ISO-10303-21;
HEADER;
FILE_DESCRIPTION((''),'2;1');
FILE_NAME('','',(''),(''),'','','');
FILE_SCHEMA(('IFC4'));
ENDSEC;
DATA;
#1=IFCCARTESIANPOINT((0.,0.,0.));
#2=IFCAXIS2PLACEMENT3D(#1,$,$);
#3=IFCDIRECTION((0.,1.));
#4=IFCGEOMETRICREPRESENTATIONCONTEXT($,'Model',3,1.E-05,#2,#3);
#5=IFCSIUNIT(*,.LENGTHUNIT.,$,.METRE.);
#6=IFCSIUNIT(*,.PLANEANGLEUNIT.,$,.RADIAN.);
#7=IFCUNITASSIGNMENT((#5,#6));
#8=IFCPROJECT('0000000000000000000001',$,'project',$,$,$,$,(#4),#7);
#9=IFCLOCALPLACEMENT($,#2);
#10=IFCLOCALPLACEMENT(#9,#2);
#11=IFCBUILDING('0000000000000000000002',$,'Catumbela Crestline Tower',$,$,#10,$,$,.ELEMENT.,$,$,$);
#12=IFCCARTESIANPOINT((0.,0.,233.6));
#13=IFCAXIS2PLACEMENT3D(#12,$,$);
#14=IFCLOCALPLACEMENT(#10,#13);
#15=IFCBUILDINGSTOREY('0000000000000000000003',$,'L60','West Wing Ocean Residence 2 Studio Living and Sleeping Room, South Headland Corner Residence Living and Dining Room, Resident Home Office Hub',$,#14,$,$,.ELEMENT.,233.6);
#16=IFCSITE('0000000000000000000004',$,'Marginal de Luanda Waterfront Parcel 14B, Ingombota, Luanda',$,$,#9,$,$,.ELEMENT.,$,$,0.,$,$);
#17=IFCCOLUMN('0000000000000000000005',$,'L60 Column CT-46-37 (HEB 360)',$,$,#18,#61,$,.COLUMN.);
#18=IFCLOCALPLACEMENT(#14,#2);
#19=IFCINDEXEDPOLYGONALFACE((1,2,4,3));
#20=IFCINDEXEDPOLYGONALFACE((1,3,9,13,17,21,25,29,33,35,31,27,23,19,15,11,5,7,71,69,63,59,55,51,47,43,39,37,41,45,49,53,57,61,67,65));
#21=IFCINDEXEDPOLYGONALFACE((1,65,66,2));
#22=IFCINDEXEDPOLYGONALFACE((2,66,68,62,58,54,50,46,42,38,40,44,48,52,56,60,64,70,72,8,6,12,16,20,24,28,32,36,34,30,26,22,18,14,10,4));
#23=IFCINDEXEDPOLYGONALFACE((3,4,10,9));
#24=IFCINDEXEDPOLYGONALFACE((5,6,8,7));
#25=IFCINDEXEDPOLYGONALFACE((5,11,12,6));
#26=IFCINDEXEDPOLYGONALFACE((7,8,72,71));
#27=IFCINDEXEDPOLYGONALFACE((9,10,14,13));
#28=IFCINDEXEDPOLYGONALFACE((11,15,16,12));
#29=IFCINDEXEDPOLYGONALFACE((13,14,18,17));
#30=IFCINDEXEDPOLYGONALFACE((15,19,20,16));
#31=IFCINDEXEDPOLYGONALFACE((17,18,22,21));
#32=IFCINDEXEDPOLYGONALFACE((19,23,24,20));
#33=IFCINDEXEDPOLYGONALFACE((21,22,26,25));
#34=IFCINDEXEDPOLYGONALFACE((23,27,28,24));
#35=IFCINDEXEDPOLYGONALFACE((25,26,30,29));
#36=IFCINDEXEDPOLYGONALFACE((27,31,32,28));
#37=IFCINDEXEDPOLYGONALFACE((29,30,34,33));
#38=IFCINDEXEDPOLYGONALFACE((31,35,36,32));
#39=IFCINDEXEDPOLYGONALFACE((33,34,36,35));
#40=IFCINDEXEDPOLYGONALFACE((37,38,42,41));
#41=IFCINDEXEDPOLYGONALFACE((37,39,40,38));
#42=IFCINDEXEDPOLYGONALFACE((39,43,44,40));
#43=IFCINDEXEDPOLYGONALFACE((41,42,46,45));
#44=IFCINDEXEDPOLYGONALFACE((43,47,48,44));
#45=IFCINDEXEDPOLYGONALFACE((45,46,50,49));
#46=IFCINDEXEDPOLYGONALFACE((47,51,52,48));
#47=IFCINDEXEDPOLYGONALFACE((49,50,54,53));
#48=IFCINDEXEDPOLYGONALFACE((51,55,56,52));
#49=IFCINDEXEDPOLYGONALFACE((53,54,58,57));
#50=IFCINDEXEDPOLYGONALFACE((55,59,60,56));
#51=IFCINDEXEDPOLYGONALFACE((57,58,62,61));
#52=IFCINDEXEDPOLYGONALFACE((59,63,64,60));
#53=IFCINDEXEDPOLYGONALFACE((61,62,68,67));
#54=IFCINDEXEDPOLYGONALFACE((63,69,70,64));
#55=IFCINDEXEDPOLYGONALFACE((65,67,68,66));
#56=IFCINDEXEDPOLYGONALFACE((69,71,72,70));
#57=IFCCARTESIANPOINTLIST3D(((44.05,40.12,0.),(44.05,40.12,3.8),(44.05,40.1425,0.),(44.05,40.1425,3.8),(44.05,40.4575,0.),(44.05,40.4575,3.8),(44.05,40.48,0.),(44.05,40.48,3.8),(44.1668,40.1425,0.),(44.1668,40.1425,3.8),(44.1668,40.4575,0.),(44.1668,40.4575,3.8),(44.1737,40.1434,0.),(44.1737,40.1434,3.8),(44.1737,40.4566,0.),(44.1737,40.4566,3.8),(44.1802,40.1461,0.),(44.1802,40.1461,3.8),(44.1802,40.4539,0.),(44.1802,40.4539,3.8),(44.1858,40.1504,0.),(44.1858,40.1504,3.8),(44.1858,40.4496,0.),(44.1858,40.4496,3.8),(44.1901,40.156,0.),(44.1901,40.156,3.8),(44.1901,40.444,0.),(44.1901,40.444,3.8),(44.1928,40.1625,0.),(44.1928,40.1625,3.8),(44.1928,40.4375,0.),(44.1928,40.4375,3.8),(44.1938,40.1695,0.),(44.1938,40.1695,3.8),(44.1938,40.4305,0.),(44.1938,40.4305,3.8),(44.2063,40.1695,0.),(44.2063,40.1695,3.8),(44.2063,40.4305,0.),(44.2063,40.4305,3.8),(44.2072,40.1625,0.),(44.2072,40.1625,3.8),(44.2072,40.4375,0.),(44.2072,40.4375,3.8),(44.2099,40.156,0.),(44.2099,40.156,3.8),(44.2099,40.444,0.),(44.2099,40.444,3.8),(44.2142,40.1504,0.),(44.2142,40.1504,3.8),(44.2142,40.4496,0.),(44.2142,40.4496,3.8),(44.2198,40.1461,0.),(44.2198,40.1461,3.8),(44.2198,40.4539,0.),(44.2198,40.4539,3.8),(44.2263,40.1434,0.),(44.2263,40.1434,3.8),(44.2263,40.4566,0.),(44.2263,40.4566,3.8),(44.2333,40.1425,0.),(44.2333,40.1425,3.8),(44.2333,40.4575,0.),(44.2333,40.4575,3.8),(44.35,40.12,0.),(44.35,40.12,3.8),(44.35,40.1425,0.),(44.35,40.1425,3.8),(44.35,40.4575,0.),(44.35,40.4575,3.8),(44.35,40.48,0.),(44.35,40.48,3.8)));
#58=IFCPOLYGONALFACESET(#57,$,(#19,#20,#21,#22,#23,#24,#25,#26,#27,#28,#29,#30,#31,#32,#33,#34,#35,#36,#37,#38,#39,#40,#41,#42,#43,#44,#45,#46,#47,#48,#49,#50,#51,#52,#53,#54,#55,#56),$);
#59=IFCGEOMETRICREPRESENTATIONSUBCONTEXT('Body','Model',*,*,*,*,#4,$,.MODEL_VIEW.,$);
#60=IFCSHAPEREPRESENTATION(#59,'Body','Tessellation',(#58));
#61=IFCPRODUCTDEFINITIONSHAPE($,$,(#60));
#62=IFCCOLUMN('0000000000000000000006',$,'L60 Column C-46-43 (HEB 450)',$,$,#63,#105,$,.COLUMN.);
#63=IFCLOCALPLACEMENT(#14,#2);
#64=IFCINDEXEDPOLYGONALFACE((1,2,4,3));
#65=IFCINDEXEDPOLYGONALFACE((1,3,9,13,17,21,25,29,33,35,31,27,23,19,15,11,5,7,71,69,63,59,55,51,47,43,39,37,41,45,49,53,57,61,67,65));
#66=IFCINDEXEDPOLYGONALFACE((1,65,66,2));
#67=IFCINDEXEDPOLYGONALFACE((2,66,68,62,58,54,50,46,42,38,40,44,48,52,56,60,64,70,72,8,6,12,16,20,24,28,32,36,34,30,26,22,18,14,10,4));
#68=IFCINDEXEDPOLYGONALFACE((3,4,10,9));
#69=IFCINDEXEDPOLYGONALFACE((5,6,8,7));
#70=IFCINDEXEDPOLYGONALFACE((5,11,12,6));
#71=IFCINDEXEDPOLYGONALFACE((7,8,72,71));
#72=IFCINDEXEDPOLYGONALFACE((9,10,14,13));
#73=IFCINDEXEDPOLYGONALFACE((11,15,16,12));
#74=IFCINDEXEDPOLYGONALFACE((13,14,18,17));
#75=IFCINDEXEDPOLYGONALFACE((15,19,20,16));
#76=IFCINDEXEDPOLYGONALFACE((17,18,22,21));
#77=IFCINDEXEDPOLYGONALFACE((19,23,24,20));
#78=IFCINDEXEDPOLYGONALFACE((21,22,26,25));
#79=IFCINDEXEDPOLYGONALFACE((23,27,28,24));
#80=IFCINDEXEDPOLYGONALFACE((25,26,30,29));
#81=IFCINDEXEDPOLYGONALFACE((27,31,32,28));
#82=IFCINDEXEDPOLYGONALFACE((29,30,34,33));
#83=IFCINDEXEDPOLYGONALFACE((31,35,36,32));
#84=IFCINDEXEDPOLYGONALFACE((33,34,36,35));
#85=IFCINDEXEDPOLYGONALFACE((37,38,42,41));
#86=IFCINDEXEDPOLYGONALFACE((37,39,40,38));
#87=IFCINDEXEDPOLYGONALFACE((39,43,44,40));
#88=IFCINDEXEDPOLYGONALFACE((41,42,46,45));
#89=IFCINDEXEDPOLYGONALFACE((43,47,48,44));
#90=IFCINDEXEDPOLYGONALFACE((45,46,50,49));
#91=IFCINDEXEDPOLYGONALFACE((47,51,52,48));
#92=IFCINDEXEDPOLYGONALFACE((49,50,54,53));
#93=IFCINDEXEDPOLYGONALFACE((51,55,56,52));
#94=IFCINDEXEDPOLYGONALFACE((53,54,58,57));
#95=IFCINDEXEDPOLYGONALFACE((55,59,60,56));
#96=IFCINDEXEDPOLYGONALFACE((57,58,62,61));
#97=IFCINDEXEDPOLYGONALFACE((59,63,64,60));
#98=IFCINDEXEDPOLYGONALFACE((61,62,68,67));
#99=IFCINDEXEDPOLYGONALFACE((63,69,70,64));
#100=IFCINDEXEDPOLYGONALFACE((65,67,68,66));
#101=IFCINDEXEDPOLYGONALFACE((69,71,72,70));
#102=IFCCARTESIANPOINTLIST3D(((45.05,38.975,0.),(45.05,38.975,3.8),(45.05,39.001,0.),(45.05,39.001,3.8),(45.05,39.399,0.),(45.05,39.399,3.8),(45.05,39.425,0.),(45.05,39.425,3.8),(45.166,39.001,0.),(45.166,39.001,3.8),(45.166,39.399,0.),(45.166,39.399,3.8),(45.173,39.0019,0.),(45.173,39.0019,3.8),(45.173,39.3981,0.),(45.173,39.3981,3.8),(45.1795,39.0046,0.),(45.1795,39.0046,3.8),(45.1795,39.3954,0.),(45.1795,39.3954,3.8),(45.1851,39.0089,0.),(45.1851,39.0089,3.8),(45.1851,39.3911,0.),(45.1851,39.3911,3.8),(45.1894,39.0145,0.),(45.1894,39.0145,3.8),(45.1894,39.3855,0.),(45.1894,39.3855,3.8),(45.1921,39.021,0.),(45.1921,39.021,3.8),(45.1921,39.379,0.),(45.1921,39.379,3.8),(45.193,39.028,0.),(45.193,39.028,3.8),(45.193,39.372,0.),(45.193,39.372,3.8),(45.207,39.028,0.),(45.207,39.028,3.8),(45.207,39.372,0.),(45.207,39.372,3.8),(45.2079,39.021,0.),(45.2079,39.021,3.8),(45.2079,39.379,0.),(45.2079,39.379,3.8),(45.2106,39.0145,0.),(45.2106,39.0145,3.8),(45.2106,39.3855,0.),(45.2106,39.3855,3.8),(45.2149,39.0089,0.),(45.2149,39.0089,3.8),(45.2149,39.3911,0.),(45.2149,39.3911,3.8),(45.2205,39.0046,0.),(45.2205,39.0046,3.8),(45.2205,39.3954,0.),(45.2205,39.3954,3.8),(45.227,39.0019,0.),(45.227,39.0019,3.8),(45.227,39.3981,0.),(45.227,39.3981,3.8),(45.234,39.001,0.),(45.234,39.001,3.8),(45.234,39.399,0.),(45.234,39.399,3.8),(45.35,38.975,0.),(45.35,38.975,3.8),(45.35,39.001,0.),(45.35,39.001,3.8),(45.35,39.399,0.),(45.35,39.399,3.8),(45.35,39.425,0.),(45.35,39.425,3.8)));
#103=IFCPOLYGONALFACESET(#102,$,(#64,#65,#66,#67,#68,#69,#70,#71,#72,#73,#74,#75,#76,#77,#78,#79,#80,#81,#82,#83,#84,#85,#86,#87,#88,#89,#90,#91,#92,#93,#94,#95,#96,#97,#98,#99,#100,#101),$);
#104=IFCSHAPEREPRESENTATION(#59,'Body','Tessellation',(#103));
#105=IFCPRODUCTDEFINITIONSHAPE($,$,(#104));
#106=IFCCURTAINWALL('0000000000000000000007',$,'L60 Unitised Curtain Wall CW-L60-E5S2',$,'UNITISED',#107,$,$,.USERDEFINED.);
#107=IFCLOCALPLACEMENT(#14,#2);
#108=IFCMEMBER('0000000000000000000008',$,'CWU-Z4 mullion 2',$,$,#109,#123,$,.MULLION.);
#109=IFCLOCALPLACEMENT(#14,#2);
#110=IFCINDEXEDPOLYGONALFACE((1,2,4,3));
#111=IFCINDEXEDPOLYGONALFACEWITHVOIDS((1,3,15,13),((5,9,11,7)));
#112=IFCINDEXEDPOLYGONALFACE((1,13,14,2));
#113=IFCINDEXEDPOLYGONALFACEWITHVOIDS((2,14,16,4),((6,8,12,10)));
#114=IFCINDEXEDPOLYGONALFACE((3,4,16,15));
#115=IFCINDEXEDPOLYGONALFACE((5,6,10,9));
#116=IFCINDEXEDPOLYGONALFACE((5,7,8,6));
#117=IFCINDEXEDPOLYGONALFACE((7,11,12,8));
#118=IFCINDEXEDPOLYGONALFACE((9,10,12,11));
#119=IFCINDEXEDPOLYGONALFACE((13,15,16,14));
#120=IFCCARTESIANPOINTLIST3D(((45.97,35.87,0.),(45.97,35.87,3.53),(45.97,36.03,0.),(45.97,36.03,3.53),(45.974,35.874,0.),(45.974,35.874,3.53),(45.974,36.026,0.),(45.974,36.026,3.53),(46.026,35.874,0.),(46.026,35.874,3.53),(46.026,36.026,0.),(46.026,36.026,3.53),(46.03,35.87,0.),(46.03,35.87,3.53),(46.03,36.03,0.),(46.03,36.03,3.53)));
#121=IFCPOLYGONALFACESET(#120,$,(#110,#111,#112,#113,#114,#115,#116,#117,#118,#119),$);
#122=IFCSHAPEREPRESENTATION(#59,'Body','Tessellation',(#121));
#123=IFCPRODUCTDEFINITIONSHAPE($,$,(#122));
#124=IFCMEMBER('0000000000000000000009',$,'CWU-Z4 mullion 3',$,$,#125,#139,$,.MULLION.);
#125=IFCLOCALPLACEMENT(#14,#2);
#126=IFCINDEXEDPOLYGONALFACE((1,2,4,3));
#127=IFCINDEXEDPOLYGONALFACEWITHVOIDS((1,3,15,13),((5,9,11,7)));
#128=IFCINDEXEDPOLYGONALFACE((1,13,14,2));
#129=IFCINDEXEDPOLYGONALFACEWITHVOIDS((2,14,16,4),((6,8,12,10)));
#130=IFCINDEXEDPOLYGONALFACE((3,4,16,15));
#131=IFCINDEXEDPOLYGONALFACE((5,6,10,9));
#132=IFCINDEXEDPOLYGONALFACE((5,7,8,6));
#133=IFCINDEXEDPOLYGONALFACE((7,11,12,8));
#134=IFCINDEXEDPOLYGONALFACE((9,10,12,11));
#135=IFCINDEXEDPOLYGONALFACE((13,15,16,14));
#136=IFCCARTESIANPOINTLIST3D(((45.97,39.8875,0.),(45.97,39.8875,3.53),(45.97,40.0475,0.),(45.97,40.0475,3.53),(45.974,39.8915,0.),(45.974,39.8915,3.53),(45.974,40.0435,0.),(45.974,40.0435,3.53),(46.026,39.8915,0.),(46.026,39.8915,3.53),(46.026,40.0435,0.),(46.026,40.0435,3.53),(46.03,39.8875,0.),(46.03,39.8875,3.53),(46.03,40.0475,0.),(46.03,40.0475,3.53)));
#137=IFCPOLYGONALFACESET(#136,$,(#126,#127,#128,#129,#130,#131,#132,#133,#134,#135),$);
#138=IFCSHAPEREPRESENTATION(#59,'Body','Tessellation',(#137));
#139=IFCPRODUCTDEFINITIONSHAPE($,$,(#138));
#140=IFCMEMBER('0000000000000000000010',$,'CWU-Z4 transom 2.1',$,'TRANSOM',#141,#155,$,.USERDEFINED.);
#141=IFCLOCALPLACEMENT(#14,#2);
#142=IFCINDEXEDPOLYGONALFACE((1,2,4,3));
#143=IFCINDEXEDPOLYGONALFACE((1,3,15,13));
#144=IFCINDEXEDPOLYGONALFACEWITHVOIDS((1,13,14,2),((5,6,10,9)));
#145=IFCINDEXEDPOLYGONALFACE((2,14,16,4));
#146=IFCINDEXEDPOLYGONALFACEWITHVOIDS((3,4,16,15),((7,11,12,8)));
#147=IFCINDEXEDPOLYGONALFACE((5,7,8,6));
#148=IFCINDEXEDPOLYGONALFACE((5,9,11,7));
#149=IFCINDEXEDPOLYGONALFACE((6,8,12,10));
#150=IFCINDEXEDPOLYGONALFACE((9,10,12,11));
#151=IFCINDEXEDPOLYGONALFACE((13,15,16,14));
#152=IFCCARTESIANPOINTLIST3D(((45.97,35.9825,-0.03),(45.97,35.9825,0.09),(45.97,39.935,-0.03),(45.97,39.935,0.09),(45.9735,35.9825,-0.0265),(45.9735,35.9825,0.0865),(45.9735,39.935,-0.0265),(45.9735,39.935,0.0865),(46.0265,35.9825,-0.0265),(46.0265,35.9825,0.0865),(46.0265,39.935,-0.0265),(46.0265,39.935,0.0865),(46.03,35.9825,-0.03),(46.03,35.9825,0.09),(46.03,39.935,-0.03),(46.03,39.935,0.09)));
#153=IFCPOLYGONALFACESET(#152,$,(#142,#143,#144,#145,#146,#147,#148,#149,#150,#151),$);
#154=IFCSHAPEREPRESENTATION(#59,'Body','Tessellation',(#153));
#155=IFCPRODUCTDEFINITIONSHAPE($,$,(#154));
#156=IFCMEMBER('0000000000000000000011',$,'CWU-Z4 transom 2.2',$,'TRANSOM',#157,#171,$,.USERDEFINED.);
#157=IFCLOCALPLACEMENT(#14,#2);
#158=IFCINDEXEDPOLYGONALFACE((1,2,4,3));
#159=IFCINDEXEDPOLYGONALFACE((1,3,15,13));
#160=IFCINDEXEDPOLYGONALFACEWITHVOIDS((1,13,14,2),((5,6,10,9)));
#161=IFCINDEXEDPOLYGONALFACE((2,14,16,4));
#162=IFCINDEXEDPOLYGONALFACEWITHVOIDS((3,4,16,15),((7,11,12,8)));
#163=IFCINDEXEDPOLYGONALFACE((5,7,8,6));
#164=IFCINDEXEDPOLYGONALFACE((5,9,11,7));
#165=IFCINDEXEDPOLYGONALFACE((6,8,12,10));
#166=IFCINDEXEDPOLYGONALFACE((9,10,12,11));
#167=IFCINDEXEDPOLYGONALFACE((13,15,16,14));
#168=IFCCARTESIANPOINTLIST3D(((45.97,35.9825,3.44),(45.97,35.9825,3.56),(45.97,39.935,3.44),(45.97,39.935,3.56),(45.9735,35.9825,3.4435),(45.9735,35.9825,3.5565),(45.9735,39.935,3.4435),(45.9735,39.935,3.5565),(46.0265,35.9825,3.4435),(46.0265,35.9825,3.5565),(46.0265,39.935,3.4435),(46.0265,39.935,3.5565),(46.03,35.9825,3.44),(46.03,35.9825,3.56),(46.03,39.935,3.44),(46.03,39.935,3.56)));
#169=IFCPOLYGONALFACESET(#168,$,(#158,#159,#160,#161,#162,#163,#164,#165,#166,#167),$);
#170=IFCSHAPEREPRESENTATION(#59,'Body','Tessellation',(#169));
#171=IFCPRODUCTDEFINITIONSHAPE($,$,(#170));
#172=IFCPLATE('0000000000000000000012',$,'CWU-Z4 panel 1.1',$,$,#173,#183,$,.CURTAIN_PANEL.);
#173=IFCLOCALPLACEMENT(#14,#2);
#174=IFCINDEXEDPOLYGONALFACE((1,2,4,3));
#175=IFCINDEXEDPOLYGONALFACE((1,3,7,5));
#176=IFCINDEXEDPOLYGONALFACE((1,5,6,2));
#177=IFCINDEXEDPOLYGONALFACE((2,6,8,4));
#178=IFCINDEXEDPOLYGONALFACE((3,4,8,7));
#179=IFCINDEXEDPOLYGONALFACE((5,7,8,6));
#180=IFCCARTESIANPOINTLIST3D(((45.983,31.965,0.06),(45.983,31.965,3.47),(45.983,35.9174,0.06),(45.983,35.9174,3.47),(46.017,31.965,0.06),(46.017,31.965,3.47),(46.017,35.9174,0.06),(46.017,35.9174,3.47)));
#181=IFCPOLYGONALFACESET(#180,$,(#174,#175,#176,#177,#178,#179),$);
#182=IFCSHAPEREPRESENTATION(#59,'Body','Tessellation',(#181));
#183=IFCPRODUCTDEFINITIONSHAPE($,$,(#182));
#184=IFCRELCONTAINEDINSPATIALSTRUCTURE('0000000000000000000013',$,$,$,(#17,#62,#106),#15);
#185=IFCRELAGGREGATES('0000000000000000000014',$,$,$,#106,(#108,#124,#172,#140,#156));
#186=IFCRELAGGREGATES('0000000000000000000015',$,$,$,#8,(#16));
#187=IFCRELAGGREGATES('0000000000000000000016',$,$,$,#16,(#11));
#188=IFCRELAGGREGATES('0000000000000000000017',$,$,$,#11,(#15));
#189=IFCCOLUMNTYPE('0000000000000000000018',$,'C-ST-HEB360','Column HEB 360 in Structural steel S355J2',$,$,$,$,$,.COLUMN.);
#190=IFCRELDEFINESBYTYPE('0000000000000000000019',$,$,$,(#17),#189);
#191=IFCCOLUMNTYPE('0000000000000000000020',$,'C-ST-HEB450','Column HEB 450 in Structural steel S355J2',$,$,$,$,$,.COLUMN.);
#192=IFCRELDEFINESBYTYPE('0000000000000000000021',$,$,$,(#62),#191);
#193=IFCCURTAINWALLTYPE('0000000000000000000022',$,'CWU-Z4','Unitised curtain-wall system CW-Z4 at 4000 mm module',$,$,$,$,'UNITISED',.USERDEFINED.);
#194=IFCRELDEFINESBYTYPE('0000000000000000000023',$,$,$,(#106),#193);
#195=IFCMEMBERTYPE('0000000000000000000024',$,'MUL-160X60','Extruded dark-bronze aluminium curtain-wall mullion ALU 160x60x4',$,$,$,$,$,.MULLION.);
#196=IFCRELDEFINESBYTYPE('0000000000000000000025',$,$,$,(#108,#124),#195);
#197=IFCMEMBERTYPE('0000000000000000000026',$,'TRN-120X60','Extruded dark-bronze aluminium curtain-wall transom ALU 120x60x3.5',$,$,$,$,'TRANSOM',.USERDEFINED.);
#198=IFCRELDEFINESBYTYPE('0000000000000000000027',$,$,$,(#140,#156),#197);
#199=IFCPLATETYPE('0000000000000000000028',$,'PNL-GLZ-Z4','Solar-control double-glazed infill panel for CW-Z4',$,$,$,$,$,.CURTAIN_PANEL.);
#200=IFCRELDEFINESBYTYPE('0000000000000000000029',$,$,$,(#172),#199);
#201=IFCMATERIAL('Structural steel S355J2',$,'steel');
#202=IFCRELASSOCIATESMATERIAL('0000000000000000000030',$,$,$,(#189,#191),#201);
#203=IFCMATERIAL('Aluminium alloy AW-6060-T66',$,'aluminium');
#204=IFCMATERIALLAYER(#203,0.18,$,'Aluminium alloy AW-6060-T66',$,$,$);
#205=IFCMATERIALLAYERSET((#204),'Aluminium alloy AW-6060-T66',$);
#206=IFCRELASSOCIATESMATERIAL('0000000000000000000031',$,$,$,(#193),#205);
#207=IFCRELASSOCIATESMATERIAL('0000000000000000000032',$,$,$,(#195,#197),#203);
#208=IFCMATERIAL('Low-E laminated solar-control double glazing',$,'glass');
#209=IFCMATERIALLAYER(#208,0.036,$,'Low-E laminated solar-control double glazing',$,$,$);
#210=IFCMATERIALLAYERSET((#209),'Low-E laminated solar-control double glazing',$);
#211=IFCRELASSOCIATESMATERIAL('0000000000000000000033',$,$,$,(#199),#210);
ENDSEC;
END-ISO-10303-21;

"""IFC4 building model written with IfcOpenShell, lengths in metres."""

from ifc_helpers import new_model, si_unit, direction, frame, origin, origin_2d, place, context, subcontext, project, spatial, rectangle, hollow_rectangle, i_section, extrude, material, layer, layer_set, material_profile, profile_set, type_object, element, aggregate, save


model = new_model("IFC4")

# Units and contexts
model_context = context("Model", 3, precision=1e-05, world=origin(), true_north=direction((0.0, 1.0)))
body_context = subcontext(model_context, "Body", "Model", "MODEL_VIEW")
ifc_project = project(units=[si_unit("LENGTHUNIT", "METRE"), si_unit("PLANEANGLEUNIT", "RADIAN")], contexts=[model_context])

# Site, building, storey
site_placement = place(None, origin())
site = spatial("IfcSite", under=ifc_project, at=site_placement, Name="Marginal de Luanda Waterfront Parcel 14B, Ingombota, Luanda", CompositionType="ELEMENT", RefElevation=0.0)
building_placement = place(site_placement, origin())
building = spatial("IfcBuilding", under=site, at=building_placement, Name="Catumbela Crestline Tower", CompositionType="ELEMENT")
storey_placement = place(building_placement, frame((0.0, 0.0, 233.6)))
storey = spatial("IfcBuildingStorey", under=building, at=storey_placement, Name="L60", Description="West Wing Ocean Residence 2 Studio Living and Sleeping Room, South Headland Corner Residence Living and Dining Room, Resident Home Office Hub", CompositionType="ELEMENT", Elevation=233.6)

# Columns
ifc_material_1 = material(Name="Structural steel S355J2", Category="steel")
ifc_material_profile_1 = material_profile(ifc_material_1, i_section(OverallWidth=0.3, OverallDepth=0.36, WebThickness=0.0125, FlangeThickness=0.0225, FilletRadius=0.027, at=origin_2d()), Name="HEB 360")
ifc_profile_set_1 = profile_set([ifc_material_profile_1], Name="Structural steel S355J2")
column_type_1 = type_object("IfcColumnType", Name="C-ST-HEB360", Description="Column HEB 360 in Structural steel S355J2", PredefinedType="COLUMN", material=ifc_profile_set_1)
column_1_placement = place(storey_placement, frame((44.2, 40.3, 0.0), z_axis=(0.0, 0.0, 1.0), x_axis=(1.0, 0.0, 0.0)))
element("IfcColumn", 1, at=column_1_placement, inside=storey, type_object=column_type_1, Name="L60 Column CT-46-37 (HEB 360)", PredefinedType="COLUMN", context=body_context, shape_type="SweptSolid", body=[
    extrude(i_section(OverallWidth=0.3, OverallDepth=0.36, WebThickness=0.0125, FlangeThickness=0.0225, FilletRadius=0.027, at=origin_2d()), origin(), (0.0, 0.0, 1.0), 3.8),
])
ifc_material_profile_2 = material_profile(ifc_material_1, i_section(OverallWidth=0.3, OverallDepth=0.45, WebThickness=0.014, FlangeThickness=0.026, FilletRadius=0.027, at=origin_2d()), Name="HEB 450")
ifc_profile_set_2 = profile_set([ifc_material_profile_2], Name="Structural steel S355J2")
column_type_2 = type_object("IfcColumnType", Name="C-ST-HEB450", Description="Column HEB 450 in Structural steel S355J2", PredefinedType="COLUMN", material=ifc_profile_set_2)
column_2_placement = place(storey_placement, frame((45.2, 39.2, 0.0), z_axis=(0.0, 0.0, 1.0), x_axis=(1.0, 0.0, 0.0)))
element("IfcColumn", 2, at=column_2_placement, inside=storey, type_object=column_type_2, Name="L60 Column C-46-43 (HEB 450)", PredefinedType="COLUMN", context=body_context, shape_type="SweptSolid", body=[
    extrude(i_section(OverallWidth=0.3, OverallDepth=0.45, WebThickness=0.014, FlangeThickness=0.026, FilletRadius=0.027, at=origin_2d()), origin(), (0.0, 0.0, 1.0), 3.8),
])

# Curtain wall, members, plate
ifc_material_2 = material(Name="Aluminium alloy AW-6060-T66", Category="aluminium")
ifc_layer_1 = layer(ifc_material_2, 0.18, Name="Aluminium alloy AW-6060-T66")
ifc_layer_set_1 = layer_set([ifc_layer_1], Name="Aluminium alloy AW-6060-T66")
curtain_wall_type = type_object("IfcCurtainWallType", Name="CWU-Z4", Description="Unitised curtain-wall system CW-Z4 at 4000 mm module", ElementType="UNITISED", PredefinedType="USERDEFINED", material=ifc_layer_set_1)
curtain_wall_placement = place(storey_placement, origin())
curtain_wall = element("IfcCurtainWall", 3, at=curtain_wall_placement, inside=storey, type_object=curtain_wall_type, Name="L60 Unitised Curtain Wall CW-L60-E5S2", ObjectType="UNITISED", PredefinedType="USERDEFINED")
ifc_material_profile_3 = material_profile(ifc_material_2, hollow_rectangle(XDim=0.06, YDim=0.16, WallThickness=0.004, at=origin_2d()), Name="ALU 160x60x4")
ifc_profile_set_3 = profile_set([ifc_material_profile_3], Name="Aluminium alloy AW-6060-T66")
member_type_1 = type_object("IfcMemberType", Name="MUL-160X60", Description="Extruded dark-bronze aluminium curtain-wall mullion ALU 160x60x4", PredefinedType="MULLION", material=ifc_profile_set_3)
member_1_placement = place(storey_placement, frame((46.0, 35.95, 0.0), z_axis=(0.0, 0.0, 1.0), x_axis=(-1.0, 0.0, 0.0)))
member_1 = element("IfcMember", 4, at=member_1_placement, type_object=member_type_1, Name="CWU-Z4 mullion 2", PredefinedType="MULLION", context=body_context, shape_type="SweptSolid", body=[
    extrude(hollow_rectangle(XDim=0.06, YDim=0.16, WallThickness=0.004, at=origin_2d()), origin(), (0.0, 0.0, 1.0), 3.53),
])
member_2_placement = place(storey_placement, frame((46.0, 39.9675, 0.0), z_axis=(0.0, 0.0, 1.0), x_axis=(-1.0, 0.0, 0.0)))
member_2 = element("IfcMember", 5, at=member_2_placement, type_object=member_type_1, Name="CWU-Z4 mullion 3", PredefinedType="MULLION", context=body_context, shape_type="SweptSolid", body=[
    extrude(hollow_rectangle(XDim=0.06, YDim=0.16, WallThickness=0.004, at=origin_2d()), origin(), (0.0, 0.0, 1.0), 3.53),
])
ifc_material_profile_4 = material_profile(ifc_material_2, hollow_rectangle(XDim=0.06, YDim=0.12, WallThickness=0.0035, at=origin_2d()), Name="ALU 120x60x3.5")
ifc_profile_set_4 = profile_set([ifc_material_profile_4], Name="Aluminium alloy AW-6060-T66")
member_type_2 = type_object("IfcMemberType", Name="TRN-120X60", Description="Extruded dark-bronze aluminium curtain-wall transom ALU 120x60x3.5", ElementType="TRANSOM", PredefinedType="USERDEFINED", material=ifc_profile_set_4)
member_3_placement = place(storey_placement, frame((46.0, 35.9825, 0.03), z_axis=(0.0, 1.0, 0.0), x_axis=(-1.0, 0.0, 0.0)))
member_3 = element("IfcMember", 6, at=member_3_placement, type_object=member_type_2, Name="CWU-Z4 transom 2.1", ObjectType="TRANSOM", PredefinedType="USERDEFINED", context=body_context, shape_type="SweptSolid", body=[
    extrude(hollow_rectangle(XDim=0.06, YDim=0.12, WallThickness=0.0035, at=origin_2d()), origin(), (0.0, 0.0, 1.0), 3.9525),
])
member_4_placement = place(storey_placement, frame((46.0, 35.9825, 3.5), z_axis=(0.0, 1.0, 0.0), x_axis=(-1.0, 0.0, 0.0)))
member_4 = element("IfcMember", 7, at=member_4_placement, type_object=member_type_2, Name="CWU-Z4 transom 2.2", ObjectType="TRANSOM", PredefinedType="USERDEFINED", context=body_context, shape_type="SweptSolid", body=[
    extrude(hollow_rectangle(XDim=0.06, YDim=0.12, WallThickness=0.0035, at=origin_2d()), origin(), (0.0, 0.0, 1.0), 3.9525),
])
ifc_material_3 = material(Name="Low-E laminated solar-control double glazing", Category="glass")
ifc_layer_2 = layer(ifc_material_3, 0.036, Name="Low-E laminated solar-control double glazing")
ifc_layer_set_2 = layer_set([ifc_layer_2], Name="Low-E laminated solar-control double glazing")
plate_type = type_object("IfcPlateType", Name="PNL-GLZ-Z4", Description="Solar-control double-glazed infill panel for CW-Z4", PredefinedType="CURTAIN_PANEL", material=ifc_layer_set_2)
plate_1_placement = place(storey_placement, frame((46.0, 33.9412, 0.06), z_axis=(0.0, 0.0, 1.0), x_axis=(0.0, 1.0, 0.0)))
plate_1 = element("IfcPlate", 8, at=plate_1_placement, type_object=plate_type, Name="CWU-Z4 panel 1.1", PredefinedType="CURTAIN_PANEL", context=body_context, shape_type="SweptSolid", body=[
    extrude(rectangle(XDim=3.9525, YDim=0.034, at=origin_2d()), origin(), (0.0, 0.0, 1.0), 3.41),
])
aggregate(curtain_wall, [member_1, member_2, plate_1, member_3, member_4])

save(model, "model.ifc")
